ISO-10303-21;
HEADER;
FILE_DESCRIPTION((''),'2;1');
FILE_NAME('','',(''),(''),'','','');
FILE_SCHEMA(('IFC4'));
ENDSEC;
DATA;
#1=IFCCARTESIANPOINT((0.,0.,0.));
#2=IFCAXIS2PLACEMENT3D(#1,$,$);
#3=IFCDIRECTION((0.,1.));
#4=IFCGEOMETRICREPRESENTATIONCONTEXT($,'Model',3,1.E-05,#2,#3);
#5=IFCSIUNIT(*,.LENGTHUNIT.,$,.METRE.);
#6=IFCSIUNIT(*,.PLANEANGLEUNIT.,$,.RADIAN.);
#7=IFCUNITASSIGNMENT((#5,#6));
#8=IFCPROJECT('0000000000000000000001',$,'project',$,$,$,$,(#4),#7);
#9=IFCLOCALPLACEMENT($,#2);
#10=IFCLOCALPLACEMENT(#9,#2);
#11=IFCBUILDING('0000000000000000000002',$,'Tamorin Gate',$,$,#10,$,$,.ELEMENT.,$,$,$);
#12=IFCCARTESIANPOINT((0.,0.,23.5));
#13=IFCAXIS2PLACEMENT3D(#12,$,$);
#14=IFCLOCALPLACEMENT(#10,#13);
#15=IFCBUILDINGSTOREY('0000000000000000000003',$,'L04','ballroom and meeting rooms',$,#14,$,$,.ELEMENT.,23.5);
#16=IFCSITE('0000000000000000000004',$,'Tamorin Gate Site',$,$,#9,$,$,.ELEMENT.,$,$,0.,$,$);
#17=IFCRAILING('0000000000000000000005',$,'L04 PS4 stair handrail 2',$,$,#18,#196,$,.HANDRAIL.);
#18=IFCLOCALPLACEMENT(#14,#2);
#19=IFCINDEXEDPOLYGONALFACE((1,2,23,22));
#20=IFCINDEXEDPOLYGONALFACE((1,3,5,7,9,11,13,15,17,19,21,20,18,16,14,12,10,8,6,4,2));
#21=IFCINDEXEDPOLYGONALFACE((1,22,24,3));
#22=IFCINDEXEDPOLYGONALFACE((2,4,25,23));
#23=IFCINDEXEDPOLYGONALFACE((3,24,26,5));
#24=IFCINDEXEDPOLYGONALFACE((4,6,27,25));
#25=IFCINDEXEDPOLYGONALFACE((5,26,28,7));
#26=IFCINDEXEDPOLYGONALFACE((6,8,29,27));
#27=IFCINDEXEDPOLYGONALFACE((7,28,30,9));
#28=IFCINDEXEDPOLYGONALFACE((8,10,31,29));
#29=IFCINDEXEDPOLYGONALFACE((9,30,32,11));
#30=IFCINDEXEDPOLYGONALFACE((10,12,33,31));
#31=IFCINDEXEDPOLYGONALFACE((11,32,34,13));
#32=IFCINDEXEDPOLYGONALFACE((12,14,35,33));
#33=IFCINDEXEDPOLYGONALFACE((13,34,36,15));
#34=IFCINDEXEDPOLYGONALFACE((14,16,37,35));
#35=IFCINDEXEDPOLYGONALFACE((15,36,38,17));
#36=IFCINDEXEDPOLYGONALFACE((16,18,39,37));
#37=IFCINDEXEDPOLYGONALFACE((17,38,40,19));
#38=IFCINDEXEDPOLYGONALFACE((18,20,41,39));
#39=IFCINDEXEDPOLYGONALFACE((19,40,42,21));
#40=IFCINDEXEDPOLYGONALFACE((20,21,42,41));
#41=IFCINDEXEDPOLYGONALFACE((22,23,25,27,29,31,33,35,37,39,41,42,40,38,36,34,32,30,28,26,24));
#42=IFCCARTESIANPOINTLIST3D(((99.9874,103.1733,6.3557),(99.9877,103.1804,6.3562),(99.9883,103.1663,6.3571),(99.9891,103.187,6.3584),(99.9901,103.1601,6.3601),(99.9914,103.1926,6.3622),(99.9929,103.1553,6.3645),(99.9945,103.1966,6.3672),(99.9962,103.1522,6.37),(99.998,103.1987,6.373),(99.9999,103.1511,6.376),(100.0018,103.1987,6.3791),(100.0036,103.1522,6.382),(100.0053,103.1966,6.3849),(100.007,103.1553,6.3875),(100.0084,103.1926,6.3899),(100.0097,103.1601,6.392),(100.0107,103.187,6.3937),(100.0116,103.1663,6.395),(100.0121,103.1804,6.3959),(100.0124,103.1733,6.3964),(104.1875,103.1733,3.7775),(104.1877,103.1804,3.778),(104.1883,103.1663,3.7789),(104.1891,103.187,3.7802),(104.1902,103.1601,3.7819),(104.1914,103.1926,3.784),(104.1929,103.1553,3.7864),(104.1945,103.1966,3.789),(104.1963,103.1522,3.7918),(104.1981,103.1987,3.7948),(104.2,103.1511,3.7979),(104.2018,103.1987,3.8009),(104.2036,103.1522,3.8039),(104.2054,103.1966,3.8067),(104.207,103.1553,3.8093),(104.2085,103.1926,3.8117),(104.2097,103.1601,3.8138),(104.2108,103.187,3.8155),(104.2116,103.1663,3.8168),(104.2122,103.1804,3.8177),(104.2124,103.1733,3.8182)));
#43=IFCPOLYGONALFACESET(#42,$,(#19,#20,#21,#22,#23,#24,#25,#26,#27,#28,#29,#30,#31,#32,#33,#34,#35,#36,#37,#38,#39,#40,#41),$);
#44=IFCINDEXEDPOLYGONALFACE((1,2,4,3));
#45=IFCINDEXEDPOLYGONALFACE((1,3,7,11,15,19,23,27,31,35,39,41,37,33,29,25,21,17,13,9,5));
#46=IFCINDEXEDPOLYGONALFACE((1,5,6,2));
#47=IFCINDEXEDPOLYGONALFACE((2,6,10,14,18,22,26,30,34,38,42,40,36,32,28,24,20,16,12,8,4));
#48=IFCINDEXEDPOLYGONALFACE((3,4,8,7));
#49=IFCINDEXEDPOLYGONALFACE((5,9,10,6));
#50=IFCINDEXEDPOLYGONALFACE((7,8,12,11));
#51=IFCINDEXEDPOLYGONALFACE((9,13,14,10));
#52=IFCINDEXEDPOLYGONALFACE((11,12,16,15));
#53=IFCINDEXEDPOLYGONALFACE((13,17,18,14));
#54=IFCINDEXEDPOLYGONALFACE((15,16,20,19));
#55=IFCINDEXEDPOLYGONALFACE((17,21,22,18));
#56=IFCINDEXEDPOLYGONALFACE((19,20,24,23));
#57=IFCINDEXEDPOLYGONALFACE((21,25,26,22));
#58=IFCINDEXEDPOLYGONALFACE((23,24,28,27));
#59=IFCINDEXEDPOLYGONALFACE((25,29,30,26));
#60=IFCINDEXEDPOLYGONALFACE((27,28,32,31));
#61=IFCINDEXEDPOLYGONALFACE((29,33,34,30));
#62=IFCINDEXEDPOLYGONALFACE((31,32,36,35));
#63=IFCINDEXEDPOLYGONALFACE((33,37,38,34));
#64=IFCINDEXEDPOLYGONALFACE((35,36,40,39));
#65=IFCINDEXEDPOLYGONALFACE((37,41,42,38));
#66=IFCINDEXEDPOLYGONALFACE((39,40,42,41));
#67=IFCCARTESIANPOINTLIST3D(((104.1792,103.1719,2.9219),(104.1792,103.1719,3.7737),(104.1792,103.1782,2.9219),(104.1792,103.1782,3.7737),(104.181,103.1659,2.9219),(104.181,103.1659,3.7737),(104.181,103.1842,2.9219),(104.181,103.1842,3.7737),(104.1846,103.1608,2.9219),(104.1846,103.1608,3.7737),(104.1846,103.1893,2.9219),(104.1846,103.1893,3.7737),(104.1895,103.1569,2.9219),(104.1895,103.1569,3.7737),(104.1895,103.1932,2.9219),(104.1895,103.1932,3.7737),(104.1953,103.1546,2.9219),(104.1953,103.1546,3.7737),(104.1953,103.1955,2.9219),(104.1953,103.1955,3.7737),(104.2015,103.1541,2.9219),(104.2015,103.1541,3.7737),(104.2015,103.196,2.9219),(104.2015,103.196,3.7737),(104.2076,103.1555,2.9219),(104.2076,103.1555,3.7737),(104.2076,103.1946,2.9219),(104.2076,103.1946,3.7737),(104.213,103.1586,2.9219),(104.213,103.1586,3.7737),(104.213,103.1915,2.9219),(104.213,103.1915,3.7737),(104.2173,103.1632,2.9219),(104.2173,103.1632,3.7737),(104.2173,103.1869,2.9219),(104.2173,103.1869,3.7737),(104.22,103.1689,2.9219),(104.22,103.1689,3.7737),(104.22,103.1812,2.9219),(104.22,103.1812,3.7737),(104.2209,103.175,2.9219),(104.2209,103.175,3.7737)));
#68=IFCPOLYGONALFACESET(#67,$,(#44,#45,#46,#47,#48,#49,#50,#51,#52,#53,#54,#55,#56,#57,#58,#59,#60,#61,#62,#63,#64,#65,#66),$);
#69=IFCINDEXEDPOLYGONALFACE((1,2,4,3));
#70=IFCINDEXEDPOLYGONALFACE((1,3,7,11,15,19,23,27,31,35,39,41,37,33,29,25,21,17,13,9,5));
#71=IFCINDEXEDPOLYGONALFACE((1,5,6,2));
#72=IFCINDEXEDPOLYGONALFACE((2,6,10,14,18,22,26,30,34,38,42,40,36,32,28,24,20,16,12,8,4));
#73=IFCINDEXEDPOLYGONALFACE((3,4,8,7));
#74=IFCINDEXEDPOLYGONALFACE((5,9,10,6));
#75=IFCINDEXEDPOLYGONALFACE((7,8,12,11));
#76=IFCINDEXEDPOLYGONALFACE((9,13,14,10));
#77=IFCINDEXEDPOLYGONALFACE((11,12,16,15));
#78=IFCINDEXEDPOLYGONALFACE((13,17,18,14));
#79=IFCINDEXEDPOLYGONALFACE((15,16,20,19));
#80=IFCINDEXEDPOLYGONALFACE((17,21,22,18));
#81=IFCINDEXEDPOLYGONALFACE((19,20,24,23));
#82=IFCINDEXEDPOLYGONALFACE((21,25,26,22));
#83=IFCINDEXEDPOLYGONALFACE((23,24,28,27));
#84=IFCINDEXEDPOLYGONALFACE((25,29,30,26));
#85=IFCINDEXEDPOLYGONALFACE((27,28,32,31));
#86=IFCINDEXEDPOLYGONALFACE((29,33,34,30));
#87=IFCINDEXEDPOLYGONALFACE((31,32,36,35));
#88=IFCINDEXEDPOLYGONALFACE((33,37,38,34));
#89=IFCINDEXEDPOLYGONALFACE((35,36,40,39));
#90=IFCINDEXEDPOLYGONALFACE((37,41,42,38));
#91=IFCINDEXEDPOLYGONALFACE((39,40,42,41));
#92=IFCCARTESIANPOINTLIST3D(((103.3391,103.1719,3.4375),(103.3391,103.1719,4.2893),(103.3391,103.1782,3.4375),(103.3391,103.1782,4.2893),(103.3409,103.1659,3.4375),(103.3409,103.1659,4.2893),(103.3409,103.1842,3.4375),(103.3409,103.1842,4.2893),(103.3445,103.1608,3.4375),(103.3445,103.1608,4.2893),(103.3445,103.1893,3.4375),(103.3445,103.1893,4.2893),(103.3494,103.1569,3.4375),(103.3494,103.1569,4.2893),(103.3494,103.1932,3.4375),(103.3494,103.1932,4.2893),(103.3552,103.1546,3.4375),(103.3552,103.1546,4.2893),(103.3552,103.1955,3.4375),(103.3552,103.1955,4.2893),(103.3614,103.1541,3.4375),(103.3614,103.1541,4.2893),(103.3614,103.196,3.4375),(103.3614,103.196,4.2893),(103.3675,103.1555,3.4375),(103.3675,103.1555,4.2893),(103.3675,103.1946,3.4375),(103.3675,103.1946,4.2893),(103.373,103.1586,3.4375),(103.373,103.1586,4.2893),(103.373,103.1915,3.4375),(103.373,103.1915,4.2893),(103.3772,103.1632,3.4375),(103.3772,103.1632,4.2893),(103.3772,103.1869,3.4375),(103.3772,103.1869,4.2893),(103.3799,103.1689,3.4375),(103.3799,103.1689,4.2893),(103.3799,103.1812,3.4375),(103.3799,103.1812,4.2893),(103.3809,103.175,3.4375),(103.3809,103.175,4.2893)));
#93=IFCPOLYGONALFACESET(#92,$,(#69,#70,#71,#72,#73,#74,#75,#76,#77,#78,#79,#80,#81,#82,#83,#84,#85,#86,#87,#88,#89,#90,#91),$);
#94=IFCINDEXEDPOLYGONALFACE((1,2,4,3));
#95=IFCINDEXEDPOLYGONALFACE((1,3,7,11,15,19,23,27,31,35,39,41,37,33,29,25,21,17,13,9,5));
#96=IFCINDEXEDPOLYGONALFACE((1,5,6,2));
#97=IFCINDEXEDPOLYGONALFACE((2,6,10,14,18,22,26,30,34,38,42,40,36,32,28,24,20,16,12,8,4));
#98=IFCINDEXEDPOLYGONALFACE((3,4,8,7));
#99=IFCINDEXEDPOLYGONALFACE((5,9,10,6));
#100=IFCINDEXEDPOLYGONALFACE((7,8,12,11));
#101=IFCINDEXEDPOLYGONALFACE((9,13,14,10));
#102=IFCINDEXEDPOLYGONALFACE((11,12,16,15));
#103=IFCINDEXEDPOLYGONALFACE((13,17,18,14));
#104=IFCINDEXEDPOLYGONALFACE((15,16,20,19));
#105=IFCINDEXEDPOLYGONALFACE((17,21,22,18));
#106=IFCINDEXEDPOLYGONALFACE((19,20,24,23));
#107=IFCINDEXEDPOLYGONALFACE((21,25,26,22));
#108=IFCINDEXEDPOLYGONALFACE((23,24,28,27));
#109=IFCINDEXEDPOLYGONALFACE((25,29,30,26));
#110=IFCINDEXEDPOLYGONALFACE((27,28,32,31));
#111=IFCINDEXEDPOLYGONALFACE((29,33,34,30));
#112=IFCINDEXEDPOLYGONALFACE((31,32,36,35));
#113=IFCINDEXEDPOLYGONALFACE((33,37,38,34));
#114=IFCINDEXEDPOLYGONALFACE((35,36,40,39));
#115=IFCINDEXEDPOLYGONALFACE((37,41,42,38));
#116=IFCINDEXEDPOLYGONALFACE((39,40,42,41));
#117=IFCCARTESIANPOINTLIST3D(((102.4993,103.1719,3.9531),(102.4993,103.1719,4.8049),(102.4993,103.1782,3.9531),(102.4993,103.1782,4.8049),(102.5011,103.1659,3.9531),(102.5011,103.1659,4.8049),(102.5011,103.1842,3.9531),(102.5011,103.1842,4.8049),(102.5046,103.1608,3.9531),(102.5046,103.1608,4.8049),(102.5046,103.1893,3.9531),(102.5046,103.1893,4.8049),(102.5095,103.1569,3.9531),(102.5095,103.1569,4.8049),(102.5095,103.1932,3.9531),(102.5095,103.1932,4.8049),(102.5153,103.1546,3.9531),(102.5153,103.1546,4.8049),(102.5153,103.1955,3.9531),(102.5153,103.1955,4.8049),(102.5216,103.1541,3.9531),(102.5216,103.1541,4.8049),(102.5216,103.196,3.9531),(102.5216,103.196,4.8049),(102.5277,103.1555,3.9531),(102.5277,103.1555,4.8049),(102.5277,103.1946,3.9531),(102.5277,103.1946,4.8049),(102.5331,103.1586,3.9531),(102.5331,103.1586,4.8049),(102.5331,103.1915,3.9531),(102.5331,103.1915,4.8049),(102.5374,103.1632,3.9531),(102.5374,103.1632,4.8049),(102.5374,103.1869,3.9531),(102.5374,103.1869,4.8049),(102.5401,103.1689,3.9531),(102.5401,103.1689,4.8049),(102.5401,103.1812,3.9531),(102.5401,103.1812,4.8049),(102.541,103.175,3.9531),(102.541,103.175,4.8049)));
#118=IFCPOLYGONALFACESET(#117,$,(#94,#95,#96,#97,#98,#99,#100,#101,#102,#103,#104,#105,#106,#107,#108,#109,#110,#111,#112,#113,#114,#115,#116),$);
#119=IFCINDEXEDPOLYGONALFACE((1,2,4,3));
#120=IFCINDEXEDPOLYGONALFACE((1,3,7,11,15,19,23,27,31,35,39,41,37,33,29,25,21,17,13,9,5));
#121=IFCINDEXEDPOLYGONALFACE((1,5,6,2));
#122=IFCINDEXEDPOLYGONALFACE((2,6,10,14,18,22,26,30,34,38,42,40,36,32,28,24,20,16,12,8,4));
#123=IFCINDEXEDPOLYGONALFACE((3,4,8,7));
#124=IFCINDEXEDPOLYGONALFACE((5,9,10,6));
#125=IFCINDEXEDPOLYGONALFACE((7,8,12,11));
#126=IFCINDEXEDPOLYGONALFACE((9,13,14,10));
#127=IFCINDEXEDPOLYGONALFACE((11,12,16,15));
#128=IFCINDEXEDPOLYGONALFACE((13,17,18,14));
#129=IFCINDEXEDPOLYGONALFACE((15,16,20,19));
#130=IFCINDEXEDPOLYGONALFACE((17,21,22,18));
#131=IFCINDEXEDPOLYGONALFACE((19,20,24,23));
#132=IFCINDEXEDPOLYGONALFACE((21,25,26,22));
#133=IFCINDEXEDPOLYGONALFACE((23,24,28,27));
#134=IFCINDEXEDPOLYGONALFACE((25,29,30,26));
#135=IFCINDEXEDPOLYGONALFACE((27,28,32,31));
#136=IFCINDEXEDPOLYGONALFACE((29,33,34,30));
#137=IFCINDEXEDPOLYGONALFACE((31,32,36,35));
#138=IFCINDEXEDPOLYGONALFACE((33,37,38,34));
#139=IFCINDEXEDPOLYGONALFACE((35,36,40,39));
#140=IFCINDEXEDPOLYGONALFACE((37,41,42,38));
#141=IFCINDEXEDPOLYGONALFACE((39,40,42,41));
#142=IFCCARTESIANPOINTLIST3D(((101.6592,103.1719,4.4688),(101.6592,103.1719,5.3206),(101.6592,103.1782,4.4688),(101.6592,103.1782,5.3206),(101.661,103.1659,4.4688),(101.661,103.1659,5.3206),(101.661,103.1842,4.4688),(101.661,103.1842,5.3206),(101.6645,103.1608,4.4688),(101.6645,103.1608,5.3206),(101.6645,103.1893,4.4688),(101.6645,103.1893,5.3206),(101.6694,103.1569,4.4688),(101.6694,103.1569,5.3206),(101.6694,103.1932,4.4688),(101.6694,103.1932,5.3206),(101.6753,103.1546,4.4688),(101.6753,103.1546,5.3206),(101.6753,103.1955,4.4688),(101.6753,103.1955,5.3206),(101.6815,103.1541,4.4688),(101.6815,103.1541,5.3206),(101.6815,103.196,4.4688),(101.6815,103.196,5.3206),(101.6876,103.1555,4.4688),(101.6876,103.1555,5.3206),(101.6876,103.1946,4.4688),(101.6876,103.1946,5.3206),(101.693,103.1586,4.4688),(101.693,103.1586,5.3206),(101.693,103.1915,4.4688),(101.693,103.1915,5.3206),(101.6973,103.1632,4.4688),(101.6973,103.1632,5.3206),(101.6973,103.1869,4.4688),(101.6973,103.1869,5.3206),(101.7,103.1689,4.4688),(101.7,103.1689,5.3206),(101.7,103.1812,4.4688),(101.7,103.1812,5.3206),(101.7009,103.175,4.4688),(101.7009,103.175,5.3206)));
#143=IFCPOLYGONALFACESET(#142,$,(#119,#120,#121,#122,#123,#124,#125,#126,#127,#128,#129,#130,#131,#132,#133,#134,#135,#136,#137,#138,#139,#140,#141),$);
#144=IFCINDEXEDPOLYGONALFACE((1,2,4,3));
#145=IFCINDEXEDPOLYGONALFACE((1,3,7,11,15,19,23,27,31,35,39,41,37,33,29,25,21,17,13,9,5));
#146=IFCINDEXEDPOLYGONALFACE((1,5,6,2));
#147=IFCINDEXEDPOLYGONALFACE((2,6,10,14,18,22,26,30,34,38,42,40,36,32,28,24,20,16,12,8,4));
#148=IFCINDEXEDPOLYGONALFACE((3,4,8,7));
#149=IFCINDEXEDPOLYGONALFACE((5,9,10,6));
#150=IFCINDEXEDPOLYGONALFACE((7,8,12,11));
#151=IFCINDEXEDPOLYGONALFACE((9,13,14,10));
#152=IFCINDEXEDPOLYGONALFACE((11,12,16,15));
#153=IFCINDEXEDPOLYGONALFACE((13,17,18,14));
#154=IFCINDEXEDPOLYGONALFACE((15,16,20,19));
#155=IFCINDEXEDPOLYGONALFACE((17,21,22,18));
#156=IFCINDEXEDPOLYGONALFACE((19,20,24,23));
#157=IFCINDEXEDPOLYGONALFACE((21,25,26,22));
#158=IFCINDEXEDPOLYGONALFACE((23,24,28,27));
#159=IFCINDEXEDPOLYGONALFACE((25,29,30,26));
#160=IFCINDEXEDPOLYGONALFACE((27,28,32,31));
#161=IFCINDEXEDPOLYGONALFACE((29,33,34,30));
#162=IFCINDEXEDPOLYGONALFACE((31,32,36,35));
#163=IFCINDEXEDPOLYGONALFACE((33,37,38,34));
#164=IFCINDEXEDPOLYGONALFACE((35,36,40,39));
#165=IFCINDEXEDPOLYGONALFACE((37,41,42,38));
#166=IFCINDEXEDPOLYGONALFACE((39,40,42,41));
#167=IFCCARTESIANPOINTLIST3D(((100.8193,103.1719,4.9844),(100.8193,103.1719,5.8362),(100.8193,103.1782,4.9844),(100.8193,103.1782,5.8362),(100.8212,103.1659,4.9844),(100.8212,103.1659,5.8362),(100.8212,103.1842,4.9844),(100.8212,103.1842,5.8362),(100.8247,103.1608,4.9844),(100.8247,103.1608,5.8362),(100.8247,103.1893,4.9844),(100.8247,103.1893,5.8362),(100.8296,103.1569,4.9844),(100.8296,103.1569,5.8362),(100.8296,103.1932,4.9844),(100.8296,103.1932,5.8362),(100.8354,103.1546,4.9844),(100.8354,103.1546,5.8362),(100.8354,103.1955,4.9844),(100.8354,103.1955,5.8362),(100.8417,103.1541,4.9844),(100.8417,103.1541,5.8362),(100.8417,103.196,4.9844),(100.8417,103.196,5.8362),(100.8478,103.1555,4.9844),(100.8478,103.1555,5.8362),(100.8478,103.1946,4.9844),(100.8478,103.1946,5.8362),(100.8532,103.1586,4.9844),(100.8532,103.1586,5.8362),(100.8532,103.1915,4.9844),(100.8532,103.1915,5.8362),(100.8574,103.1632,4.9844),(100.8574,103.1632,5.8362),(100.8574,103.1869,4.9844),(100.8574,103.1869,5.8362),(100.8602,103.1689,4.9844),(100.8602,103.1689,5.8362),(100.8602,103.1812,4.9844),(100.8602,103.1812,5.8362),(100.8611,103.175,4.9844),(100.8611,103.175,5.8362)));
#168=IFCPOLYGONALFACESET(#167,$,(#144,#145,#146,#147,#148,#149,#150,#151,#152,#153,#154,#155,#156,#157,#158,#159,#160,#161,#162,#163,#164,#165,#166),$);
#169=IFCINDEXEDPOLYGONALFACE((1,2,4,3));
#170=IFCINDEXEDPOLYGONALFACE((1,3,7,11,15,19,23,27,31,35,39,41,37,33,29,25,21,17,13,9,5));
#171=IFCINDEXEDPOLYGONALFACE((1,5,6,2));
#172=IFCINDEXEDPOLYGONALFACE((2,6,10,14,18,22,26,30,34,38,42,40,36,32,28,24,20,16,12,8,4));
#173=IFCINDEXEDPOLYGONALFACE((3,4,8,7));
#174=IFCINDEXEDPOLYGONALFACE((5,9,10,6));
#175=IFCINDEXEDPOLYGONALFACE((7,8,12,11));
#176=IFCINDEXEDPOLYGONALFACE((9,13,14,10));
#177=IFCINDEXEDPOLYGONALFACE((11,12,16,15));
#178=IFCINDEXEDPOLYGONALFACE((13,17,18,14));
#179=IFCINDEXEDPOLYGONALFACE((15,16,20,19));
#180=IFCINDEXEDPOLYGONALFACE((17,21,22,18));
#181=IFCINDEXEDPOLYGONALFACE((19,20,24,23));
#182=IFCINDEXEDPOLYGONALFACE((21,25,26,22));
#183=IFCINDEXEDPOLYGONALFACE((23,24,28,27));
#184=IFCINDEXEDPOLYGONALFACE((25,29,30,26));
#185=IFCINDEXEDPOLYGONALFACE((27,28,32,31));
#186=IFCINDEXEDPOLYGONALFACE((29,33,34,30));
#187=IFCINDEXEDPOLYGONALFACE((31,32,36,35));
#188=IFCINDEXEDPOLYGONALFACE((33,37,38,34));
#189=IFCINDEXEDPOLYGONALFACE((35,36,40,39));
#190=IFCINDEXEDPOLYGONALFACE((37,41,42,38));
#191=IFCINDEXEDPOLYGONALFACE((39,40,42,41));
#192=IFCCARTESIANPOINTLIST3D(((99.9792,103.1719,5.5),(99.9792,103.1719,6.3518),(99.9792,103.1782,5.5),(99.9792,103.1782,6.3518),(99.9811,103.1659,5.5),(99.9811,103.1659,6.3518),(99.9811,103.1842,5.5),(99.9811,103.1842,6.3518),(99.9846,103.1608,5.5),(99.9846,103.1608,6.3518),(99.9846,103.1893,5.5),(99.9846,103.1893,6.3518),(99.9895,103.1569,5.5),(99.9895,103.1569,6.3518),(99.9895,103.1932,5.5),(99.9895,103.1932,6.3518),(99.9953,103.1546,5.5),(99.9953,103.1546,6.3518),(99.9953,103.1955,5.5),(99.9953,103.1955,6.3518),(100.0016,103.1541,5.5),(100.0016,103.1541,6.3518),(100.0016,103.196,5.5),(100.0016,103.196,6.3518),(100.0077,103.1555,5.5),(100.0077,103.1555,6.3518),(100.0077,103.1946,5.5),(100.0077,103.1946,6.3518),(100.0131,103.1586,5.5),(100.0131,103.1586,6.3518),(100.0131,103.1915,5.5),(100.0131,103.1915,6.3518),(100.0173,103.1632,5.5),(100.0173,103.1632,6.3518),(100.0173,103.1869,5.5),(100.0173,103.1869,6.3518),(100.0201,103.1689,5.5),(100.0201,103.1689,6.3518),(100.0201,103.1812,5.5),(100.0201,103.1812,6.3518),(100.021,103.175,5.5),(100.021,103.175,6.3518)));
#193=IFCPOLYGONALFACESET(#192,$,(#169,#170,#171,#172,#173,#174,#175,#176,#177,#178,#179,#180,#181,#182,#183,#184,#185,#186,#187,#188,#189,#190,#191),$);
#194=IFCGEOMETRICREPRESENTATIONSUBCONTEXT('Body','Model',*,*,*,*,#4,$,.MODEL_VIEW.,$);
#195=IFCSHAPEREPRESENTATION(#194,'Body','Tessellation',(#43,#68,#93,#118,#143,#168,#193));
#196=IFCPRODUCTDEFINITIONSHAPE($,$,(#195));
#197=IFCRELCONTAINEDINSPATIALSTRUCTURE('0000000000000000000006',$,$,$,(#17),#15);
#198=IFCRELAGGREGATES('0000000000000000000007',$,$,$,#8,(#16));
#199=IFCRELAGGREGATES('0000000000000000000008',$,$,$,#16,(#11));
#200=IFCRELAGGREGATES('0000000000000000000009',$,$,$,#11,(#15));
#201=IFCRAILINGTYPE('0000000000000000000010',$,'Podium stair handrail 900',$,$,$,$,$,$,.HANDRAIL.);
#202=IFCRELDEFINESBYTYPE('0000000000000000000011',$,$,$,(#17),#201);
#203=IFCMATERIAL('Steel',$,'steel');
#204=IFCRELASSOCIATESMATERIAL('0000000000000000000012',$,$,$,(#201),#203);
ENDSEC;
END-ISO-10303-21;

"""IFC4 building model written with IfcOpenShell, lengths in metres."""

from ifc_helpers import new_model, si_unit, direction, frame, origin, origin_2d, place, context, subcontext, project, spatial, circle, extrude, material, type_object, element, save


model = new_model("IFC4")

# Units and contexts
model_context = context("Model", 3, precision=1e-05, world=origin(), true_north=direction((0.0, 1.0)))
body_context = subcontext(model_context, "Body", "Model", "MODEL_VIEW")
ifc_project = project(units=[si_unit("LENGTHUNIT", "METRE"), si_unit("PLANEANGLEUNIT", "RADIAN")], contexts=[model_context])

# Site, building, storey
site_placement = place(None, origin())
site = spatial("IfcSite", under=ifc_project, at=site_placement, Name="Tamorin Gate Site", CompositionType="ELEMENT", RefElevation=0.0)
building_placement = place(site_placement, origin())
building = spatial("IfcBuilding", under=site, at=building_placement, Name="Tamorin Gate", CompositionType="ELEMENT")
storey_placement = place(building_placement, frame((0.0, 0.0, 23.5)))
storey = spatial("IfcBuildingStorey", under=building, at=storey_placement, Name="L04", Description="ballroom and meeting rooms", CompositionType="ELEMENT", Elevation=23.5)

# Railing
ifc_material_1 = material(Name="Steel", Category="steel")
railing_type_1 = type_object("IfcRailingType", Name="Podium stair handrail 900", PredefinedType="HANDRAIL", material=ifc_material_1)
railing_1_placement = place(storey_placement, frame((104.2, 103.175, 2.9219)))
element("IfcRailing", 1, at=railing_1_placement, inside=storey, type_object=railing_type_1, Name="L04 PS4 stair handrail 2", PredefinedType="HANDRAIL", context=body_context, shape_type="SweptSolid", body=[
    extrude(circle(Radius=0.0239, at=origin_2d()), frame((0.0, 0.0, 0.876), z_axis=(-0.852243, 0.0, 0.523146), x_axis=(0.0, -1.0, 0.0)), (0.0, 0.0, 1.0), 4.9282),
    extrude(circle(Radius=0.021, at=origin_2d()), origin(), (0.0, 0.0, 1.0), 0.8518),
    extrude(circle(Radius=0.021, at=origin_2d()), frame((-0.8401, 0.0, 0.5156)), (0.0, 0.0, 1.0), 0.8518),
    extrude(circle(Radius=0.021, at=origin_2d()), frame((-1.6799, 0.0, 1.0312)), (0.0, 0.0, 1.0), 0.8518),
    extrude(circle(Radius=0.021, at=origin_2d()), frame((-2.52, 0.0, 1.5469)), (0.0, 0.0, 1.0), 0.8518),
    extrude(circle(Radius=0.021, at=origin_2d()), frame((-3.3599, 0.0, 2.0625)), (0.0, 0.0, 1.0), 0.8518),
    extrude(circle(Radius=0.021, at=origin_2d()), frame((-4.2, 0.0, 2.5781)), (0.0, 0.0, 1.0), 0.8518),
])

save(model, "model.ifc")
